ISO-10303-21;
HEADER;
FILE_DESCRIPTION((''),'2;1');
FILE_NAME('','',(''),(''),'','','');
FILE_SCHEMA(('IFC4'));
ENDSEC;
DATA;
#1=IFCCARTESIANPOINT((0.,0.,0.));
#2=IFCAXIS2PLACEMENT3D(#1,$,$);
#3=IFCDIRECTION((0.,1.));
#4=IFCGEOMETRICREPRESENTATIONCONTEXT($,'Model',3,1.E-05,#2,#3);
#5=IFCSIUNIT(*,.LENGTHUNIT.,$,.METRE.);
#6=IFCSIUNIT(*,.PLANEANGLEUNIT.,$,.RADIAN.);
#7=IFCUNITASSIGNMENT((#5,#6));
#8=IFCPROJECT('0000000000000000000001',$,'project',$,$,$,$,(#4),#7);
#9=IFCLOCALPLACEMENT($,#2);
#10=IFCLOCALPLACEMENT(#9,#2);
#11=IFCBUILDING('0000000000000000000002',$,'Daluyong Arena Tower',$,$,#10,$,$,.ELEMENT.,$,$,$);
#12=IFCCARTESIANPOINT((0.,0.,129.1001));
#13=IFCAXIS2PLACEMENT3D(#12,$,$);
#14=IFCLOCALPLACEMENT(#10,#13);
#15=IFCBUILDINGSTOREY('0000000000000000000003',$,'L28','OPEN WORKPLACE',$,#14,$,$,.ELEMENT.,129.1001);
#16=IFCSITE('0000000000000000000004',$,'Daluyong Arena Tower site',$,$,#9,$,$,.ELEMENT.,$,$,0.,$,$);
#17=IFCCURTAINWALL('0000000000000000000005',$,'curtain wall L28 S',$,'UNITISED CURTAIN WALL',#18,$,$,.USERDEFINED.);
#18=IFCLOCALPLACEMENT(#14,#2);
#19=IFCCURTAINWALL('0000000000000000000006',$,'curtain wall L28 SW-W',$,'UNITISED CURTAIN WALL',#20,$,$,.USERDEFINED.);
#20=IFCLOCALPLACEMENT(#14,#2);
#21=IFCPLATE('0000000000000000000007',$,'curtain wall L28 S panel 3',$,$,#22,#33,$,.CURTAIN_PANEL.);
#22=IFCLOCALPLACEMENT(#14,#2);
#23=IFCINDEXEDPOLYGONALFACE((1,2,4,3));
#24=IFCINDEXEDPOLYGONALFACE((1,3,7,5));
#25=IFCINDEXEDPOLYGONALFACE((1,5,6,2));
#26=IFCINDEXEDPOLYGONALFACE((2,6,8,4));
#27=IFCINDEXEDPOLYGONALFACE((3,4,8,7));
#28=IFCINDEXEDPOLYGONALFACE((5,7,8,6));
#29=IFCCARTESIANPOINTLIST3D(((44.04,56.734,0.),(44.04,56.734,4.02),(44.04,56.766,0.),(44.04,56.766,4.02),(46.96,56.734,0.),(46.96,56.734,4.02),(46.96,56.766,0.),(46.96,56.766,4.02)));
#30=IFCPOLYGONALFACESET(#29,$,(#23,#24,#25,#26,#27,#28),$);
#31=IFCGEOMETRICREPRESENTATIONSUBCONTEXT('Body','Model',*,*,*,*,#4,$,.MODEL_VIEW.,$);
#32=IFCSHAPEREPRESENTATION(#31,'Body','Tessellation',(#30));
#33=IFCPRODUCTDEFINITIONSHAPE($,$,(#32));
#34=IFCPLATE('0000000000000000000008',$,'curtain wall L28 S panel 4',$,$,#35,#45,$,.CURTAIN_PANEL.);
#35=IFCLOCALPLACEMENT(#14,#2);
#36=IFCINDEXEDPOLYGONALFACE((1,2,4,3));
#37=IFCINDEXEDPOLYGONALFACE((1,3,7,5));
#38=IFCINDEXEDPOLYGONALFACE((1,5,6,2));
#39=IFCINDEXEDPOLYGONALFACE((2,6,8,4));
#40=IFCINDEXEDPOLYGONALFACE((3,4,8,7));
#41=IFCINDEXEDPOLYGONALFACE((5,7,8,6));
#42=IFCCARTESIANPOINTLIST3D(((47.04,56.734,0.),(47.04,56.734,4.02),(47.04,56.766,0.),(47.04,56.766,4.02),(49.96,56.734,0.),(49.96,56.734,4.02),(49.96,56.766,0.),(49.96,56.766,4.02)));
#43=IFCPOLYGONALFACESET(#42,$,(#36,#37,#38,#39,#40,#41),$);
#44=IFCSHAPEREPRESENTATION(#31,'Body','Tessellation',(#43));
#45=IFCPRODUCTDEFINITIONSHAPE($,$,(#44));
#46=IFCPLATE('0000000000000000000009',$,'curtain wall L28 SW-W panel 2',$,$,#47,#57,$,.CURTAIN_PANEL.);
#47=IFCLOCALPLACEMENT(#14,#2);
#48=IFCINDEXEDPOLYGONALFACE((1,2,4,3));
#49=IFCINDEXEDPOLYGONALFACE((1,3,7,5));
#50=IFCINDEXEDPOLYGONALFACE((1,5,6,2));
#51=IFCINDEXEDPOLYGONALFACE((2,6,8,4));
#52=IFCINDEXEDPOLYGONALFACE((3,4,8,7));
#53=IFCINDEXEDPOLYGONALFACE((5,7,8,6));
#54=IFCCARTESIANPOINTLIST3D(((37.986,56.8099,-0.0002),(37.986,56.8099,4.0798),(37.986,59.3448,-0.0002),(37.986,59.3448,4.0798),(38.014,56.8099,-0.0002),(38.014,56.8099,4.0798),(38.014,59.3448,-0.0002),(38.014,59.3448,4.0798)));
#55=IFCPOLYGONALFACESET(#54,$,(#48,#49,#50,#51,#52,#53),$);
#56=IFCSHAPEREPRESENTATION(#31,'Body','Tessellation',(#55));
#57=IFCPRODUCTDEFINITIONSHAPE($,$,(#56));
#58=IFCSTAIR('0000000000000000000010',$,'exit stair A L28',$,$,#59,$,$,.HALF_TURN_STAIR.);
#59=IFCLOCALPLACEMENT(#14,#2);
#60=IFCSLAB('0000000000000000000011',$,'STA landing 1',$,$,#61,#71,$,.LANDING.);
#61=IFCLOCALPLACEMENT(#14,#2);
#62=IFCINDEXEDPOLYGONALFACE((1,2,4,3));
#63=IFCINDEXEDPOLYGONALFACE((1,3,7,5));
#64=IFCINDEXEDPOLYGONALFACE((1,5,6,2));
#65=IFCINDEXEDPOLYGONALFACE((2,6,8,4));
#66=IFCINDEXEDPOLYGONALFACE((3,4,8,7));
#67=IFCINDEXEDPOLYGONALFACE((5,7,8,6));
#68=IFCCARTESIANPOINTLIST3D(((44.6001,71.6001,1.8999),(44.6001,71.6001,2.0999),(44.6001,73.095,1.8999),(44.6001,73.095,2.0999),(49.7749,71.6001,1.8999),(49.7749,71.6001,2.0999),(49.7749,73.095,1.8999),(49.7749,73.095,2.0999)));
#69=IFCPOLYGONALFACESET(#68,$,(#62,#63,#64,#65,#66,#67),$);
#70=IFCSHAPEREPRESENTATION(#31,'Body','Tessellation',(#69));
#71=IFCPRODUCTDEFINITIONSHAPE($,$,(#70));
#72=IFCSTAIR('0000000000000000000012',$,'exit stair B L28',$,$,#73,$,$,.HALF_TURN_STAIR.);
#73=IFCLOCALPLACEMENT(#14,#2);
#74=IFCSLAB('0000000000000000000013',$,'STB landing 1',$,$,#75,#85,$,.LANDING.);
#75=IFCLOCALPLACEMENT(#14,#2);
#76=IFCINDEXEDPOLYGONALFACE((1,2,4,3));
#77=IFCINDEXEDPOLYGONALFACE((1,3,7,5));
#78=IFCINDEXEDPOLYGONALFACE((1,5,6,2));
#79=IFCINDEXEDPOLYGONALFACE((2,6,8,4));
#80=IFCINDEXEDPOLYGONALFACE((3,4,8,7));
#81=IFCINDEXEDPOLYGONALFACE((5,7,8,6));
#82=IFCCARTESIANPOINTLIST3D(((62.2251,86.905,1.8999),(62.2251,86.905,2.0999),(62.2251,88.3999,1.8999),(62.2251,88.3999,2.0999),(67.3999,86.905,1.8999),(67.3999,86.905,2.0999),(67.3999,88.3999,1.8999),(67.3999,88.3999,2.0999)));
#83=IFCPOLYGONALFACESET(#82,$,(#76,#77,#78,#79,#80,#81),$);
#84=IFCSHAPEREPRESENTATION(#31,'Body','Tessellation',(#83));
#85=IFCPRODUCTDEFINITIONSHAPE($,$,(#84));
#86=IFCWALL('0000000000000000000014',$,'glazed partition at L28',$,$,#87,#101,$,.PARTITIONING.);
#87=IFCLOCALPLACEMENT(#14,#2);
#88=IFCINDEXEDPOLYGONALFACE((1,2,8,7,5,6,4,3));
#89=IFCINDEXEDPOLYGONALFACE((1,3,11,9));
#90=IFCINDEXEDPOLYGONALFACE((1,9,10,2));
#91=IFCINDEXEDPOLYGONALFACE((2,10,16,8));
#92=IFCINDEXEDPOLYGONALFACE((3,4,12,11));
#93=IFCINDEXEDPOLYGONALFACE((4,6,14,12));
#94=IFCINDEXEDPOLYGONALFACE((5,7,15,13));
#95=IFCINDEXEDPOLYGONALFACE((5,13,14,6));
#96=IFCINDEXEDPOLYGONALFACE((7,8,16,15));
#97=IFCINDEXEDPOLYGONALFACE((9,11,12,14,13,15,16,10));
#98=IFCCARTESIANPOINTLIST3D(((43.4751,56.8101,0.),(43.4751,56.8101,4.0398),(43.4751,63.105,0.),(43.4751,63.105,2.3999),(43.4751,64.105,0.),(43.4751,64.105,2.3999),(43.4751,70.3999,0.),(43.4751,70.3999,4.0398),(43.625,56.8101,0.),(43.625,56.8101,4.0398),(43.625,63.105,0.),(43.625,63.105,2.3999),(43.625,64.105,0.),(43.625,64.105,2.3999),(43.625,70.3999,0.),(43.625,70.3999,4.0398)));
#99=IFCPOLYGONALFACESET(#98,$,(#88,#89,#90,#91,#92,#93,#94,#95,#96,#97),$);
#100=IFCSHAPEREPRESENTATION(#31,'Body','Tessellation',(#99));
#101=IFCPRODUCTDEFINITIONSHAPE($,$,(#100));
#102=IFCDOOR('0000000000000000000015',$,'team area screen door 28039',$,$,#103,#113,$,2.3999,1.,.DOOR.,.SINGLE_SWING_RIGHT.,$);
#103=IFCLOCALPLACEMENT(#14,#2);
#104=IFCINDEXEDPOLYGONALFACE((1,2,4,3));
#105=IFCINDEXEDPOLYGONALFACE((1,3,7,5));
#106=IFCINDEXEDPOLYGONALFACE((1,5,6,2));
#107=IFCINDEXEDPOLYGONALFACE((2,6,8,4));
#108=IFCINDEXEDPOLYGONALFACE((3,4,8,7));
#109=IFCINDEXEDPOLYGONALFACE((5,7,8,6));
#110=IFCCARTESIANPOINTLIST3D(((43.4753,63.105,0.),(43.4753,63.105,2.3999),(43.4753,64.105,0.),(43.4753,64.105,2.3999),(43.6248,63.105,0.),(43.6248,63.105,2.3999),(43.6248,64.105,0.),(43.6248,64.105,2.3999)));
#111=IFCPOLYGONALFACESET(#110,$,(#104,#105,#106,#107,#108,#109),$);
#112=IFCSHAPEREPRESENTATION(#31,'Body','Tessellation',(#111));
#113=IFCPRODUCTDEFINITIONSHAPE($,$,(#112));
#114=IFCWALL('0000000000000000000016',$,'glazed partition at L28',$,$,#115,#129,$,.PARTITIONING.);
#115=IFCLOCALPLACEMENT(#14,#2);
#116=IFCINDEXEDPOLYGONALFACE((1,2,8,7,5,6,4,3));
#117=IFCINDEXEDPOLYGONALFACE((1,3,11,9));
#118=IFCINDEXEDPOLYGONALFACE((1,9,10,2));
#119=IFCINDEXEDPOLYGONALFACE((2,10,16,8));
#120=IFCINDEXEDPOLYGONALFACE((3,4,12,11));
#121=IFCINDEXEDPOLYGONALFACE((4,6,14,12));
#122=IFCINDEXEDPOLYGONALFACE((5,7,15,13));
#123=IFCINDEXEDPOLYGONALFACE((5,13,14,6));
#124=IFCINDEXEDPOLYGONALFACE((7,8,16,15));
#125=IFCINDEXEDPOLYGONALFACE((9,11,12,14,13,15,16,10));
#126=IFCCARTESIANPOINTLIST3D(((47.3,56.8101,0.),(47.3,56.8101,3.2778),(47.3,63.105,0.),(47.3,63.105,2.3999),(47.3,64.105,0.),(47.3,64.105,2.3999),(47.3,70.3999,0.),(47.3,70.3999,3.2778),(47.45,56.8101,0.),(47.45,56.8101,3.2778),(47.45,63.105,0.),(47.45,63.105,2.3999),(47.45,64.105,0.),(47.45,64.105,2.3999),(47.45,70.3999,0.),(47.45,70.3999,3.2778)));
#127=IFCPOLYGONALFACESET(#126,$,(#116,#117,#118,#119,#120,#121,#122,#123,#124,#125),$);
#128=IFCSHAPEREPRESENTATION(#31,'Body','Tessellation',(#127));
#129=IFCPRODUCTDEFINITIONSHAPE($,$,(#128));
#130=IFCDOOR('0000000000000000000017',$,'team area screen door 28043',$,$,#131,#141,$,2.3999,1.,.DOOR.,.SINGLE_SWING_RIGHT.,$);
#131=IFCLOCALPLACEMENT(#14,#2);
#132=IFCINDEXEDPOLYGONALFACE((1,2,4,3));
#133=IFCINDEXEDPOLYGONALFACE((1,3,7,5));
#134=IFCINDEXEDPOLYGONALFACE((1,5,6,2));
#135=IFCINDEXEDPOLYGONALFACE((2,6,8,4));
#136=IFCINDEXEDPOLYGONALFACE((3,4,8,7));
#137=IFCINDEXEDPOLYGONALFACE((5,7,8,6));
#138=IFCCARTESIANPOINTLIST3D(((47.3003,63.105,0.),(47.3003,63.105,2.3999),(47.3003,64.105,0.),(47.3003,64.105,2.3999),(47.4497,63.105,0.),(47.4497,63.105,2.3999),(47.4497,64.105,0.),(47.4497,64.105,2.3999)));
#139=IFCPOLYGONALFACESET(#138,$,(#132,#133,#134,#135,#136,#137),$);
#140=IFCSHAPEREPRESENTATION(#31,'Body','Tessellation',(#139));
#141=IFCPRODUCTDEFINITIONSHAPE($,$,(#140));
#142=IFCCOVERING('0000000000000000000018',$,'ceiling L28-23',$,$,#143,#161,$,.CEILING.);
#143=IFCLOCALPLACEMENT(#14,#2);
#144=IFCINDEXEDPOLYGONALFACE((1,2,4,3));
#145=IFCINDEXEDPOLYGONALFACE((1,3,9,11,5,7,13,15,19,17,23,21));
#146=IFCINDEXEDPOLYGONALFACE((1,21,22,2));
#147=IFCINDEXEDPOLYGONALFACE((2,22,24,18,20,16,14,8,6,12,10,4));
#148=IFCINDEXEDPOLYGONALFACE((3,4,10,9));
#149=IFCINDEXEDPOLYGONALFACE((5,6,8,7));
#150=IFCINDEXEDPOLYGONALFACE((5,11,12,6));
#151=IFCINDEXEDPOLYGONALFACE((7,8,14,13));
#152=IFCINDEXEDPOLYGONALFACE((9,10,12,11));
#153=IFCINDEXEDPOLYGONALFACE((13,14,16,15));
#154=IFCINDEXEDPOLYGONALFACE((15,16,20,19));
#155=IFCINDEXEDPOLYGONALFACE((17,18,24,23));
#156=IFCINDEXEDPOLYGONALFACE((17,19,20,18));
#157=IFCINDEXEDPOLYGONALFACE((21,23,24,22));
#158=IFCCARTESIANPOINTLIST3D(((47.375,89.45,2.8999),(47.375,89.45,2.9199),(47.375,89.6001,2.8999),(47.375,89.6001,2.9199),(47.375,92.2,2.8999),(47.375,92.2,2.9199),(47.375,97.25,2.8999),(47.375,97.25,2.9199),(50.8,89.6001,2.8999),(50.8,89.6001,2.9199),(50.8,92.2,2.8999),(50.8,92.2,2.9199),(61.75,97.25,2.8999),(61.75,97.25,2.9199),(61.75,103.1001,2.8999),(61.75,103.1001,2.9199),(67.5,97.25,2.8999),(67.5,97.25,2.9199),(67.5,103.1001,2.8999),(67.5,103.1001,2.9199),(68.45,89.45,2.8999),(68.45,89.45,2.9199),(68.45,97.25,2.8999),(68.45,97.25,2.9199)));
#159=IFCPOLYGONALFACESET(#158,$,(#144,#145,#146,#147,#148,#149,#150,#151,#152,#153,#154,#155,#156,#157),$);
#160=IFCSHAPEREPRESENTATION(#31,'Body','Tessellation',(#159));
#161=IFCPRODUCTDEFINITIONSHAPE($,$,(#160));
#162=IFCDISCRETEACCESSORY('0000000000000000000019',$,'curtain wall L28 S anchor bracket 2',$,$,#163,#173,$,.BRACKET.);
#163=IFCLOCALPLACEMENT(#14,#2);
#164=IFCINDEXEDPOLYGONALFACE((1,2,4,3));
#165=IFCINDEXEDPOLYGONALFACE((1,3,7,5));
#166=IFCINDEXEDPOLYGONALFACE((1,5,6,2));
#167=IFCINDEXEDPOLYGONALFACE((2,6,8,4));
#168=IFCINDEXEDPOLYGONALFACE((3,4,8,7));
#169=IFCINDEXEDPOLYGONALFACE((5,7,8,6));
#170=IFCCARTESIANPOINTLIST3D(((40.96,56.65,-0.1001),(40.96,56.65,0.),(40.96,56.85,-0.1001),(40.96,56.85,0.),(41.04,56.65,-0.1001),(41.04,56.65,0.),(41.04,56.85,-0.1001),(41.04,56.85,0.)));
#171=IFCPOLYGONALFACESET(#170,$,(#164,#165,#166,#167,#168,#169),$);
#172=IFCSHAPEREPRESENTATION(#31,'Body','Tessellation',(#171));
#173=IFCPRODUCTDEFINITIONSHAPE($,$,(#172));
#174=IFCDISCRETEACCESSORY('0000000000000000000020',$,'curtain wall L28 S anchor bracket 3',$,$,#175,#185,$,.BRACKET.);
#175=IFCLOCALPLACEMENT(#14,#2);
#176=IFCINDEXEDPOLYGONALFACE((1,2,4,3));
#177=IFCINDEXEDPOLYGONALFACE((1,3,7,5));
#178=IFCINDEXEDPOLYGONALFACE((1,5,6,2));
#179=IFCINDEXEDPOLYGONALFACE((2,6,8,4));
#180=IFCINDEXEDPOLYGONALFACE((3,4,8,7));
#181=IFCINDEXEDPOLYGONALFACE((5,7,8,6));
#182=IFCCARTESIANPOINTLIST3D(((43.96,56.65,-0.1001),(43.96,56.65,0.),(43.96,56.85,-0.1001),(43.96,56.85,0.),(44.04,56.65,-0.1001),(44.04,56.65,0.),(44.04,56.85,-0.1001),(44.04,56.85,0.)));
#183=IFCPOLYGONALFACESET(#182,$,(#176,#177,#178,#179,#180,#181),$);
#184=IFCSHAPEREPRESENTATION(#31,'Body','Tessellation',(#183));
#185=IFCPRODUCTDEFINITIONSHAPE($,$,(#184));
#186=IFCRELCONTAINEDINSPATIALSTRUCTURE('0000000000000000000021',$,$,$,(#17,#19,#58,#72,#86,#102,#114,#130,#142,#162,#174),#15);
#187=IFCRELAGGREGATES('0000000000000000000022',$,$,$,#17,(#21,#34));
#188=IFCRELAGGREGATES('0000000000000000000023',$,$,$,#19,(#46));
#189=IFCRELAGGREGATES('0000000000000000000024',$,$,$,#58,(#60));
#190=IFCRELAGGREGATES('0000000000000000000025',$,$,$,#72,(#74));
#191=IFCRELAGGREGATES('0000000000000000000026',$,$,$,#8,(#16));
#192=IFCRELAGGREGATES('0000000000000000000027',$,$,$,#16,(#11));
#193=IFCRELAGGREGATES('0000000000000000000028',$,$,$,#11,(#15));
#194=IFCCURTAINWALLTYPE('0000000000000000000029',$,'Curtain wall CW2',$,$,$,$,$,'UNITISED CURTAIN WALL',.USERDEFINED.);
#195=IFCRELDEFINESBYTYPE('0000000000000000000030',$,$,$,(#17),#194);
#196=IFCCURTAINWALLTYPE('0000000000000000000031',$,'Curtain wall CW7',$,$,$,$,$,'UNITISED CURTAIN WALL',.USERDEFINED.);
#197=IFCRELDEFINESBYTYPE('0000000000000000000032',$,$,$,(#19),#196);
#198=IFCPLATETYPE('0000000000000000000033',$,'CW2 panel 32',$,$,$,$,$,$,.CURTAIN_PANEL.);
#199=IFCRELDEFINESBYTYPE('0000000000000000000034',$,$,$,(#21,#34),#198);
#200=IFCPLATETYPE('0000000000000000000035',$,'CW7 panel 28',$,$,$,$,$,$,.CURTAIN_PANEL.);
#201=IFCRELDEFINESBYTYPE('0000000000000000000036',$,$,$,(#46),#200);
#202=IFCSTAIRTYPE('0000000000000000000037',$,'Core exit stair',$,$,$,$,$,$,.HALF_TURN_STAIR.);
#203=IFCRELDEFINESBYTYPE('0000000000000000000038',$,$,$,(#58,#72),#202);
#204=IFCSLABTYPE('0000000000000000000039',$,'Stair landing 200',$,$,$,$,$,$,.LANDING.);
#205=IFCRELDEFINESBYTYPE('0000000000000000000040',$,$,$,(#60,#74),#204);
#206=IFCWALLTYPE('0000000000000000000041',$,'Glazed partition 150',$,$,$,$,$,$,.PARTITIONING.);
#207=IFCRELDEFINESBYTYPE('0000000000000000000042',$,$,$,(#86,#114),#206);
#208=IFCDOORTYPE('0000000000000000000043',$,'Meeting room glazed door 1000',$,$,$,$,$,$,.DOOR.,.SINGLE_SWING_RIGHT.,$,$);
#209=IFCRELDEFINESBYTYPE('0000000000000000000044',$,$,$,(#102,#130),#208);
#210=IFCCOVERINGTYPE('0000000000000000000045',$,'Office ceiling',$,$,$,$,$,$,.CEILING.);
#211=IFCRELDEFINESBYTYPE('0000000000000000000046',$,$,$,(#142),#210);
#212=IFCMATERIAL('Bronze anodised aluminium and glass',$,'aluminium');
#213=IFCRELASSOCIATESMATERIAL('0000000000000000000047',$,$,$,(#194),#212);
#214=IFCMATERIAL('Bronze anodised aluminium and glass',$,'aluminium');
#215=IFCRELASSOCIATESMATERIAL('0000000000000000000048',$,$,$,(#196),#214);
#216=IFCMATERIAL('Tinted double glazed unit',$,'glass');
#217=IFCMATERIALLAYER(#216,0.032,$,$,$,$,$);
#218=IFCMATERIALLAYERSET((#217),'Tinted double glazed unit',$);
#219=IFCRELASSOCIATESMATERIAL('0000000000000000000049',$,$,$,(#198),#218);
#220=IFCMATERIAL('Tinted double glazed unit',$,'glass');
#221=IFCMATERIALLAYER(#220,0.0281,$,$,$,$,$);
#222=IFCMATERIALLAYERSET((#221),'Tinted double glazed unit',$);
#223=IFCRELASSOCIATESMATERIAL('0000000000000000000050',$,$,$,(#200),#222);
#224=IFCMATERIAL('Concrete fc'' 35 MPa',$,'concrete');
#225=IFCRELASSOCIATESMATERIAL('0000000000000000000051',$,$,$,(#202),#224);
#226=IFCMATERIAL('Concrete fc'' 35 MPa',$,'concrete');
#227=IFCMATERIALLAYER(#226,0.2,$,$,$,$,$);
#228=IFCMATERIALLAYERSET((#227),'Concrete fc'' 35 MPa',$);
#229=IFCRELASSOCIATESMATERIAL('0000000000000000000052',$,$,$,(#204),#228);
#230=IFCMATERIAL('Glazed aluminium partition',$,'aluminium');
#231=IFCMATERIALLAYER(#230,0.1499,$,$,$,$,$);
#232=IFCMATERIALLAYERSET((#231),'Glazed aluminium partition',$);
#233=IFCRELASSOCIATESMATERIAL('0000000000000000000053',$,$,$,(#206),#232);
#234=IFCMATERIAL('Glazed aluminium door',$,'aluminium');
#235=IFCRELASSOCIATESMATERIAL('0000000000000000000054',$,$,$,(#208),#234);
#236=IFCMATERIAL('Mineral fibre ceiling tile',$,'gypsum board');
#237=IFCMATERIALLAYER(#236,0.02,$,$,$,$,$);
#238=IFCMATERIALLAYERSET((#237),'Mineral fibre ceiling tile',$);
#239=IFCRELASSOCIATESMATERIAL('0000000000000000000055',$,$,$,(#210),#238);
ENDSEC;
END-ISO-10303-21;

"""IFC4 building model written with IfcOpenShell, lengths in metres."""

from ifc_helpers import new_model, si_unit, direction, frame, frame_2d, origin, origin_2d, place, context, subcontext, project, spatial, polyline, rectangle, outline, extrude, material, layer, layer_set, type_object, element, fill, aggregate, save


model = new_model("IFC4")

# Units and contexts
model_context = context("Model", 3, precision=1e-05, world=origin(), true_north=direction((0.0, 1.0)))
body_context = subcontext(model_context, "Body", "Model", "MODEL_VIEW")
ifc_project = project(units=[si_unit("LENGTHUNIT", "METRE"), si_unit("PLANEANGLEUNIT", "RADIAN")], contexts=[model_context])

# Site, building, storey
site_placement = place(None, origin())
site = spatial("IfcSite", under=ifc_project, at=site_placement, Name="Daluyong Arena Tower site", CompositionType="ELEMENT", RefElevation=0.0)
building_placement = place(site_placement, origin())
building = spatial("IfcBuilding", under=site, at=building_placement, Name="Daluyong Arena Tower", CompositionType="ELEMENT")
storey_placement = place(building_placement, frame((0.0, 0.0, 129.1001)))
storey = spatial("IfcBuildingStorey", under=building, at=storey_placement, Name="L28", Description="OPEN WORKPLACE", CompositionType="ELEMENT", Elevation=129.1001)

# Curtain walls
ifc_material_1 = material(Name="Bronze anodised aluminium and glass", Category="aluminium")
curtain_wall_type_1 = type_object("IfcCurtainWallType", Name="Curtain wall CW2", ElementType="UNITISED CURTAIN WALL", PredefinedType="USERDEFINED", material=ifc_material_1)
curtain_wall_1_placement = place(storey_placement, origin())
curtain_wall_1 = element("IfcCurtainWall", 1, at=curtain_wall_1_placement, inside=storey, type_object=curtain_wall_type_1, Name="curtain wall L28 S", ObjectType="UNITISED CURTAIN WALL", PredefinedType="USERDEFINED")
ifc_material_2 = material(Name="Bronze anodised aluminium and glass", Category="aluminium")
curtain_wall_type_2 = type_object("IfcCurtainWallType", Name="Curtain wall CW7", ElementType="UNITISED CURTAIN WALL", PredefinedType="USERDEFINED", material=ifc_material_2)
curtain_wall_2_placement = place(storey_placement, origin())
curtain_wall_2 = element("IfcCurtainWall", 2, at=curtain_wall_2_placement, inside=storey, type_object=curtain_wall_type_2, Name="curtain wall L28 SW-W", ObjectType="UNITISED CURTAIN WALL", PredefinedType="USERDEFINED")

# Plates
ifc_material_3 = material(Name="Tinted double glazed unit", Category="glass")
ifc_layer_1 = layer(ifc_material_3, 0.032)
ifc_layer_set_1 = layer_set([ifc_layer_1], Name="Tinted double glazed unit")
plate_type_1 = type_object("IfcPlateType", Name="CW2 panel 32", PredefinedType="CURTAIN_PANEL", material=ifc_layer_set_1)
plate_1_placement = place(storey_placement, frame((45.5, 56.75, 0.0), z_axis=(0.0, 0.0, 1.0), x_axis=(1.0, 0.0, 0.0)))
plate_1 = element("IfcPlate", 3, at=plate_1_placement, type_object=plate_type_1, Name="curtain wall L28 S panel 3", PredefinedType="CURTAIN_PANEL", context=body_context, shape_type="SweptSolid", body=[
    extrude(rectangle(XDim=2.9199, YDim=0.032, at=origin_2d()), origin(), (0.0, 0.0, 1.0), 4.02),
])
plate_2_placement = place(storey_placement, frame((48.5, 56.75, 0.0), z_axis=(0.0, 0.0, 1.0), x_axis=(1.0, 0.0, 0.0)))
plate_2 = element("IfcPlate", 4, at=plate_2_placement, type_object=plate_type_1, Name="curtain wall L28 S panel 4", PredefinedType="CURTAIN_PANEL", context=body_context, shape_type="SweptSolid", body=[
    extrude(rectangle(XDim=2.9199, YDim=0.032, at=origin_2d()), origin(), (0.0, 0.0, 1.0), 4.02),
])
aggregate(curtain_wall_1, [plate_1, plate_2])
ifc_material_4 = material(Name="Tinted double glazed unit", Category="glass")
ifc_layer_2 = layer(ifc_material_4, 0.0281)
ifc_layer_set_2 = layer_set([ifc_layer_2], Name="Tinted double glazed unit")
plate_type_2 = type_object("IfcPlateType", Name="CW7 panel 28", PredefinedType="CURTAIN_PANEL", material=ifc_layer_set_2)
plate_3_placement = place(storey_placement, frame((38.0, 58.0774, -0.0002), z_axis=(0.0, 0.0, 1.0), x_axis=(0.0, -1.0, 0.0)))
plate_3 = element("IfcPlate", 5, at=plate_3_placement, type_object=plate_type_2, Name="curtain wall L28 SW-W panel 2", PredefinedType="CURTAIN_PANEL", context=body_context, shape_type="SweptSolid", body=[
    extrude(rectangle(XDim=2.5349, YDim=0.0281, at=origin_2d()), origin(), (0.0, 0.0, 1.0), 4.0801),
])
aggregate(curtain_wall_2, [plate_3])

# Stairs, slabs
ifc_material_5 = material(Name="Concrete fc' 35 MPa", Category="concrete")
stair_type = type_object("IfcStairType", Name="Core exit stair", PredefinedType="HALF_TURN_STAIR", material=ifc_material_5)
stair_1_placement = place(storey_placement, origin())
stair_1 = element("IfcStair", 6, at=stair_1_placement, inside=storey, type_object=stair_type, Name="exit stair A L28", PredefinedType="HALF_TURN_STAIR")
ifc_material_6 = material(Name="Concrete fc' 35 MPa", Category="concrete")
ifc_layer_3 = layer(ifc_material_6, 0.2)
ifc_layer_set_3 = layer_set([ifc_layer_3], Name="Concrete fc' 35 MPa")
slab_type = type_object("IfcSlabType", Name="Stair landing 200", PredefinedType="LANDING", material=ifc_layer_set_3)
slab_1_placement = place(storey_placement, frame((0.0, 0.0, 1.8999)))
slab_1 = element("IfcSlab", 7, at=slab_1_placement, type_object=slab_type, Name="STA landing 1", PredefinedType="LANDING", context=body_context, shape_type="SweptSolid", body=[
    extrude(outline(polyline([(44.6001, 71.6001), (49.7749, 71.6001), (49.7749, 73.095), (44.6001, 73.095), (44.6001, 71.6001)])), origin(), (0.0, 0.0, 1.0), 0.2),
])
aggregate(stair_1, [slab_1])
stair_2_placement = place(storey_placement, origin())
stair_2 = element("IfcStair", 8, at=stair_2_placement, inside=storey, type_object=stair_type, Name="exit stair B L28", PredefinedType="HALF_TURN_STAIR")
slab_2_placement = place(storey_placement, frame((0.0, 0.0, 1.8999)))
slab_2 = element("IfcSlab", 9, at=slab_2_placement, type_object=slab_type, Name="STB landing 1", PredefinedType="LANDING", context=body_context, shape_type="SweptSolid", body=[
    extrude(outline(polyline([(62.2251, 86.905), (67.3999, 86.905), (67.3999, 88.3999), (62.2251, 88.3999), (62.2251, 86.905)])), origin(), (0.0, 0.0, 1.0), 0.2),
])
aggregate(stair_2, [slab_2])

# Walls, openings, doors
ifc_material_7 = material(Name="Glazed aluminium partition", Category="aluminium")
ifc_layer_4 = layer(ifc_material_7, 0.1499)
ifc_layer_set_4 = layer_set([ifc_layer_4], Name="Glazed aluminium partition")
wall_type = type_object("IfcWallType", Name="Glazed partition 150", PredefinedType="PARTITIONING", material=ifc_layer_set_4)
wall_1_placement = place(storey_placement, frame((43.55, 56.8101, 0.0), z_axis=(0.0, 0.0, 1.0), x_axis=(0.0, 1.0, 0.0)))
wall_1 = element("IfcWall", 10, at=wall_1_placement, inside=storey, type_object=wall_type, Name="glazed partition at L28", PredefinedType="PARTITIONING", context=body_context, shape_type="SweptSolid", body=[
    extrude(rectangle(XDim=13.5898, YDim=0.1499, at=frame_2d((6.7949, 0.0))), origin(), (0.0, 0.0, 1.0), 4.0398),
])
opening_1_placement = place(wall_1_placement, frame((6.2949, 0.0, 0.0)))
opening_1 = element("IfcOpeningElement", 11, at=opening_1_placement, cuts=wall_1, PredefinedType="OPENING", context=body_context, shape_type="SweptSolid", body=[
    extrude(rectangle(XDim=1.0, YDim=2.3999, at=frame_2d((0.5, 1.2))), frame((0.0, 0.085, 0.0), z_axis=(0.0, -1.0, 0.0), x_axis=(1.0, 0.0, 0.0)), (0.0, 0.0, 1.0), 0.1699),
])
ifc_material_8 = material(Name="Glazed aluminium door", Category="aluminium")
door_type = type_object("IfcDoorType", Name="Meeting room glazed door 1000", OperationType="SINGLE_SWING_RIGHT", PredefinedType="DOOR", material=ifc_material_8)
door_1_placement = place(opening_1_placement, origin())
door_1 = element("IfcDoor", 12, at=door_1_placement, inside=storey, type_object=door_type, Name="team area screen door 28039", OperationType="SINGLE_SWING_RIGHT", OverallHeight=2.3999, OverallWidth=1.0, PredefinedType="DOOR", context=body_context, shape_type="SweptSolid", body=[
    extrude(rectangle(XDim=1.0, YDim=2.3999, at=frame_2d((0.5, 1.2))), frame((0.0, 0.0747, 0.0), z_axis=(0.0, -1.0, 0.0), x_axis=(1.0, 0.0, 0.0)), (0.0, 0.0, 1.0), 0.1494),
])
fill(opening_1, door_1)
wall_2_placement = place(storey_placement, frame((47.375, 56.8101, 0.0), z_axis=(0.0, 0.0, 1.0), x_axis=(0.0, 1.0, 0.0)))
wall_2 = element("IfcWall", 13, at=wall_2_placement, inside=storey, type_object=wall_type, Name="glazed partition at L28", PredefinedType="PARTITIONING", context=body_context, shape_type="SweptSolid", body=[
    extrude(rectangle(XDim=13.5898, YDim=0.1499, at=frame_2d((6.7949, 0.0))), origin(), (0.0, 0.0, 1.0), 3.2778),
])
opening_2_placement = place(wall_2_placement, frame((6.2949, 0.0, 0.0)))
opening_2 = element("IfcOpeningElement", 14, at=opening_2_placement, cuts=wall_2, PredefinedType="OPENING", context=body_context, shape_type="SweptSolid", body=[
    extrude(rectangle(XDim=1.0, YDim=2.3999, at=frame_2d((0.5, 1.2))), frame((0.0, 0.085, 0.0), z_axis=(0.0, -1.0, 0.0), x_axis=(1.0, 0.0, 0.0)), (0.0, 0.0, 1.0), 0.1699),
])
door_2_placement = place(opening_2_placement, origin())
door_2 = element("IfcDoor", 15, at=door_2_placement, inside=storey, type_object=door_type, Name="team area screen door 28043", OperationType="SINGLE_SWING_RIGHT", OverallHeight=2.3999, OverallWidth=1.0, PredefinedType="DOOR", context=body_context, shape_type="SweptSolid", body=[
    extrude(rectangle(XDim=1.0, YDim=2.3999, at=frame_2d((0.5, 1.2))), frame((0.0, 0.0747, 0.0), z_axis=(0.0, -1.0, 0.0), x_axis=(1.0, 0.0, 0.0)), (0.0, 0.0, 1.0), 0.1494),
])
fill(opening_2, door_2)

# Covering
ifc_material_9 = material(Name="Mineral fibre ceiling tile", Category="gypsum board")
ifc_layer_5 = layer(ifc_material_9, 0.02)
ifc_layer_set_5 = layer_set([ifc_layer_5], Name="Mineral fibre ceiling tile")
covering_type = type_object("IfcCoveringType", Name="Office ceiling", PredefinedType="CEILING", material=ifc_layer_set_5)
covering_placement = place(storey_placement, frame((0.0, 0.0, 2.8999)))
element("IfcCovering", 16, at=covering_placement, inside=storey, type_object=covering_type, Name="ceiling L28-23", PredefinedType="CEILING", context=body_context, shape_type="SweptSolid", body=[
    extrude(outline(polyline([(47.375, 97.25), (47.375, 92.2), (50.8, 92.2), (50.8, 89.6001), (47.375, 89.6001), (47.375, 89.45), (68.45, 89.45), (68.45, 97.25), (67.5, 97.25), (67.5, 103.1001), (61.75, 103.1001), (61.75, 97.25), (47.375, 97.25)])), origin(), (0.0, 0.0, 1.0), 0.02),
])

# Discrete accessories
for number, where, z_axis, x_axis, name in (
    (17, (41.0, 56.75, -0.1001), (0.0, 0.0, 1.0), (1.0, 0.0, 0.0), "curtain wall L28 S anchor bracket 2"),
    (18, (44.0, 56.75, -0.1001), (0.0, 0.0, 1.0), (1.0, 0.0, 0.0), "curtain wall L28 S anchor bracket 3"),
):
    element("IfcDiscreteAccessory", number, at=place(storey_placement, frame(where, z_axis=z_axis, x_axis=x_axis)), inside=storey, Name=name, PredefinedType="BRACKET", context=body_context, shape_type="SweptSolid", body=[
        extrude(rectangle(XDim=0.0801, YDim=0.2, at=origin_2d()), origin(), (0.0, 0.0, 1.0), 0.1001),
    ])

save(model, "model.ifc")
